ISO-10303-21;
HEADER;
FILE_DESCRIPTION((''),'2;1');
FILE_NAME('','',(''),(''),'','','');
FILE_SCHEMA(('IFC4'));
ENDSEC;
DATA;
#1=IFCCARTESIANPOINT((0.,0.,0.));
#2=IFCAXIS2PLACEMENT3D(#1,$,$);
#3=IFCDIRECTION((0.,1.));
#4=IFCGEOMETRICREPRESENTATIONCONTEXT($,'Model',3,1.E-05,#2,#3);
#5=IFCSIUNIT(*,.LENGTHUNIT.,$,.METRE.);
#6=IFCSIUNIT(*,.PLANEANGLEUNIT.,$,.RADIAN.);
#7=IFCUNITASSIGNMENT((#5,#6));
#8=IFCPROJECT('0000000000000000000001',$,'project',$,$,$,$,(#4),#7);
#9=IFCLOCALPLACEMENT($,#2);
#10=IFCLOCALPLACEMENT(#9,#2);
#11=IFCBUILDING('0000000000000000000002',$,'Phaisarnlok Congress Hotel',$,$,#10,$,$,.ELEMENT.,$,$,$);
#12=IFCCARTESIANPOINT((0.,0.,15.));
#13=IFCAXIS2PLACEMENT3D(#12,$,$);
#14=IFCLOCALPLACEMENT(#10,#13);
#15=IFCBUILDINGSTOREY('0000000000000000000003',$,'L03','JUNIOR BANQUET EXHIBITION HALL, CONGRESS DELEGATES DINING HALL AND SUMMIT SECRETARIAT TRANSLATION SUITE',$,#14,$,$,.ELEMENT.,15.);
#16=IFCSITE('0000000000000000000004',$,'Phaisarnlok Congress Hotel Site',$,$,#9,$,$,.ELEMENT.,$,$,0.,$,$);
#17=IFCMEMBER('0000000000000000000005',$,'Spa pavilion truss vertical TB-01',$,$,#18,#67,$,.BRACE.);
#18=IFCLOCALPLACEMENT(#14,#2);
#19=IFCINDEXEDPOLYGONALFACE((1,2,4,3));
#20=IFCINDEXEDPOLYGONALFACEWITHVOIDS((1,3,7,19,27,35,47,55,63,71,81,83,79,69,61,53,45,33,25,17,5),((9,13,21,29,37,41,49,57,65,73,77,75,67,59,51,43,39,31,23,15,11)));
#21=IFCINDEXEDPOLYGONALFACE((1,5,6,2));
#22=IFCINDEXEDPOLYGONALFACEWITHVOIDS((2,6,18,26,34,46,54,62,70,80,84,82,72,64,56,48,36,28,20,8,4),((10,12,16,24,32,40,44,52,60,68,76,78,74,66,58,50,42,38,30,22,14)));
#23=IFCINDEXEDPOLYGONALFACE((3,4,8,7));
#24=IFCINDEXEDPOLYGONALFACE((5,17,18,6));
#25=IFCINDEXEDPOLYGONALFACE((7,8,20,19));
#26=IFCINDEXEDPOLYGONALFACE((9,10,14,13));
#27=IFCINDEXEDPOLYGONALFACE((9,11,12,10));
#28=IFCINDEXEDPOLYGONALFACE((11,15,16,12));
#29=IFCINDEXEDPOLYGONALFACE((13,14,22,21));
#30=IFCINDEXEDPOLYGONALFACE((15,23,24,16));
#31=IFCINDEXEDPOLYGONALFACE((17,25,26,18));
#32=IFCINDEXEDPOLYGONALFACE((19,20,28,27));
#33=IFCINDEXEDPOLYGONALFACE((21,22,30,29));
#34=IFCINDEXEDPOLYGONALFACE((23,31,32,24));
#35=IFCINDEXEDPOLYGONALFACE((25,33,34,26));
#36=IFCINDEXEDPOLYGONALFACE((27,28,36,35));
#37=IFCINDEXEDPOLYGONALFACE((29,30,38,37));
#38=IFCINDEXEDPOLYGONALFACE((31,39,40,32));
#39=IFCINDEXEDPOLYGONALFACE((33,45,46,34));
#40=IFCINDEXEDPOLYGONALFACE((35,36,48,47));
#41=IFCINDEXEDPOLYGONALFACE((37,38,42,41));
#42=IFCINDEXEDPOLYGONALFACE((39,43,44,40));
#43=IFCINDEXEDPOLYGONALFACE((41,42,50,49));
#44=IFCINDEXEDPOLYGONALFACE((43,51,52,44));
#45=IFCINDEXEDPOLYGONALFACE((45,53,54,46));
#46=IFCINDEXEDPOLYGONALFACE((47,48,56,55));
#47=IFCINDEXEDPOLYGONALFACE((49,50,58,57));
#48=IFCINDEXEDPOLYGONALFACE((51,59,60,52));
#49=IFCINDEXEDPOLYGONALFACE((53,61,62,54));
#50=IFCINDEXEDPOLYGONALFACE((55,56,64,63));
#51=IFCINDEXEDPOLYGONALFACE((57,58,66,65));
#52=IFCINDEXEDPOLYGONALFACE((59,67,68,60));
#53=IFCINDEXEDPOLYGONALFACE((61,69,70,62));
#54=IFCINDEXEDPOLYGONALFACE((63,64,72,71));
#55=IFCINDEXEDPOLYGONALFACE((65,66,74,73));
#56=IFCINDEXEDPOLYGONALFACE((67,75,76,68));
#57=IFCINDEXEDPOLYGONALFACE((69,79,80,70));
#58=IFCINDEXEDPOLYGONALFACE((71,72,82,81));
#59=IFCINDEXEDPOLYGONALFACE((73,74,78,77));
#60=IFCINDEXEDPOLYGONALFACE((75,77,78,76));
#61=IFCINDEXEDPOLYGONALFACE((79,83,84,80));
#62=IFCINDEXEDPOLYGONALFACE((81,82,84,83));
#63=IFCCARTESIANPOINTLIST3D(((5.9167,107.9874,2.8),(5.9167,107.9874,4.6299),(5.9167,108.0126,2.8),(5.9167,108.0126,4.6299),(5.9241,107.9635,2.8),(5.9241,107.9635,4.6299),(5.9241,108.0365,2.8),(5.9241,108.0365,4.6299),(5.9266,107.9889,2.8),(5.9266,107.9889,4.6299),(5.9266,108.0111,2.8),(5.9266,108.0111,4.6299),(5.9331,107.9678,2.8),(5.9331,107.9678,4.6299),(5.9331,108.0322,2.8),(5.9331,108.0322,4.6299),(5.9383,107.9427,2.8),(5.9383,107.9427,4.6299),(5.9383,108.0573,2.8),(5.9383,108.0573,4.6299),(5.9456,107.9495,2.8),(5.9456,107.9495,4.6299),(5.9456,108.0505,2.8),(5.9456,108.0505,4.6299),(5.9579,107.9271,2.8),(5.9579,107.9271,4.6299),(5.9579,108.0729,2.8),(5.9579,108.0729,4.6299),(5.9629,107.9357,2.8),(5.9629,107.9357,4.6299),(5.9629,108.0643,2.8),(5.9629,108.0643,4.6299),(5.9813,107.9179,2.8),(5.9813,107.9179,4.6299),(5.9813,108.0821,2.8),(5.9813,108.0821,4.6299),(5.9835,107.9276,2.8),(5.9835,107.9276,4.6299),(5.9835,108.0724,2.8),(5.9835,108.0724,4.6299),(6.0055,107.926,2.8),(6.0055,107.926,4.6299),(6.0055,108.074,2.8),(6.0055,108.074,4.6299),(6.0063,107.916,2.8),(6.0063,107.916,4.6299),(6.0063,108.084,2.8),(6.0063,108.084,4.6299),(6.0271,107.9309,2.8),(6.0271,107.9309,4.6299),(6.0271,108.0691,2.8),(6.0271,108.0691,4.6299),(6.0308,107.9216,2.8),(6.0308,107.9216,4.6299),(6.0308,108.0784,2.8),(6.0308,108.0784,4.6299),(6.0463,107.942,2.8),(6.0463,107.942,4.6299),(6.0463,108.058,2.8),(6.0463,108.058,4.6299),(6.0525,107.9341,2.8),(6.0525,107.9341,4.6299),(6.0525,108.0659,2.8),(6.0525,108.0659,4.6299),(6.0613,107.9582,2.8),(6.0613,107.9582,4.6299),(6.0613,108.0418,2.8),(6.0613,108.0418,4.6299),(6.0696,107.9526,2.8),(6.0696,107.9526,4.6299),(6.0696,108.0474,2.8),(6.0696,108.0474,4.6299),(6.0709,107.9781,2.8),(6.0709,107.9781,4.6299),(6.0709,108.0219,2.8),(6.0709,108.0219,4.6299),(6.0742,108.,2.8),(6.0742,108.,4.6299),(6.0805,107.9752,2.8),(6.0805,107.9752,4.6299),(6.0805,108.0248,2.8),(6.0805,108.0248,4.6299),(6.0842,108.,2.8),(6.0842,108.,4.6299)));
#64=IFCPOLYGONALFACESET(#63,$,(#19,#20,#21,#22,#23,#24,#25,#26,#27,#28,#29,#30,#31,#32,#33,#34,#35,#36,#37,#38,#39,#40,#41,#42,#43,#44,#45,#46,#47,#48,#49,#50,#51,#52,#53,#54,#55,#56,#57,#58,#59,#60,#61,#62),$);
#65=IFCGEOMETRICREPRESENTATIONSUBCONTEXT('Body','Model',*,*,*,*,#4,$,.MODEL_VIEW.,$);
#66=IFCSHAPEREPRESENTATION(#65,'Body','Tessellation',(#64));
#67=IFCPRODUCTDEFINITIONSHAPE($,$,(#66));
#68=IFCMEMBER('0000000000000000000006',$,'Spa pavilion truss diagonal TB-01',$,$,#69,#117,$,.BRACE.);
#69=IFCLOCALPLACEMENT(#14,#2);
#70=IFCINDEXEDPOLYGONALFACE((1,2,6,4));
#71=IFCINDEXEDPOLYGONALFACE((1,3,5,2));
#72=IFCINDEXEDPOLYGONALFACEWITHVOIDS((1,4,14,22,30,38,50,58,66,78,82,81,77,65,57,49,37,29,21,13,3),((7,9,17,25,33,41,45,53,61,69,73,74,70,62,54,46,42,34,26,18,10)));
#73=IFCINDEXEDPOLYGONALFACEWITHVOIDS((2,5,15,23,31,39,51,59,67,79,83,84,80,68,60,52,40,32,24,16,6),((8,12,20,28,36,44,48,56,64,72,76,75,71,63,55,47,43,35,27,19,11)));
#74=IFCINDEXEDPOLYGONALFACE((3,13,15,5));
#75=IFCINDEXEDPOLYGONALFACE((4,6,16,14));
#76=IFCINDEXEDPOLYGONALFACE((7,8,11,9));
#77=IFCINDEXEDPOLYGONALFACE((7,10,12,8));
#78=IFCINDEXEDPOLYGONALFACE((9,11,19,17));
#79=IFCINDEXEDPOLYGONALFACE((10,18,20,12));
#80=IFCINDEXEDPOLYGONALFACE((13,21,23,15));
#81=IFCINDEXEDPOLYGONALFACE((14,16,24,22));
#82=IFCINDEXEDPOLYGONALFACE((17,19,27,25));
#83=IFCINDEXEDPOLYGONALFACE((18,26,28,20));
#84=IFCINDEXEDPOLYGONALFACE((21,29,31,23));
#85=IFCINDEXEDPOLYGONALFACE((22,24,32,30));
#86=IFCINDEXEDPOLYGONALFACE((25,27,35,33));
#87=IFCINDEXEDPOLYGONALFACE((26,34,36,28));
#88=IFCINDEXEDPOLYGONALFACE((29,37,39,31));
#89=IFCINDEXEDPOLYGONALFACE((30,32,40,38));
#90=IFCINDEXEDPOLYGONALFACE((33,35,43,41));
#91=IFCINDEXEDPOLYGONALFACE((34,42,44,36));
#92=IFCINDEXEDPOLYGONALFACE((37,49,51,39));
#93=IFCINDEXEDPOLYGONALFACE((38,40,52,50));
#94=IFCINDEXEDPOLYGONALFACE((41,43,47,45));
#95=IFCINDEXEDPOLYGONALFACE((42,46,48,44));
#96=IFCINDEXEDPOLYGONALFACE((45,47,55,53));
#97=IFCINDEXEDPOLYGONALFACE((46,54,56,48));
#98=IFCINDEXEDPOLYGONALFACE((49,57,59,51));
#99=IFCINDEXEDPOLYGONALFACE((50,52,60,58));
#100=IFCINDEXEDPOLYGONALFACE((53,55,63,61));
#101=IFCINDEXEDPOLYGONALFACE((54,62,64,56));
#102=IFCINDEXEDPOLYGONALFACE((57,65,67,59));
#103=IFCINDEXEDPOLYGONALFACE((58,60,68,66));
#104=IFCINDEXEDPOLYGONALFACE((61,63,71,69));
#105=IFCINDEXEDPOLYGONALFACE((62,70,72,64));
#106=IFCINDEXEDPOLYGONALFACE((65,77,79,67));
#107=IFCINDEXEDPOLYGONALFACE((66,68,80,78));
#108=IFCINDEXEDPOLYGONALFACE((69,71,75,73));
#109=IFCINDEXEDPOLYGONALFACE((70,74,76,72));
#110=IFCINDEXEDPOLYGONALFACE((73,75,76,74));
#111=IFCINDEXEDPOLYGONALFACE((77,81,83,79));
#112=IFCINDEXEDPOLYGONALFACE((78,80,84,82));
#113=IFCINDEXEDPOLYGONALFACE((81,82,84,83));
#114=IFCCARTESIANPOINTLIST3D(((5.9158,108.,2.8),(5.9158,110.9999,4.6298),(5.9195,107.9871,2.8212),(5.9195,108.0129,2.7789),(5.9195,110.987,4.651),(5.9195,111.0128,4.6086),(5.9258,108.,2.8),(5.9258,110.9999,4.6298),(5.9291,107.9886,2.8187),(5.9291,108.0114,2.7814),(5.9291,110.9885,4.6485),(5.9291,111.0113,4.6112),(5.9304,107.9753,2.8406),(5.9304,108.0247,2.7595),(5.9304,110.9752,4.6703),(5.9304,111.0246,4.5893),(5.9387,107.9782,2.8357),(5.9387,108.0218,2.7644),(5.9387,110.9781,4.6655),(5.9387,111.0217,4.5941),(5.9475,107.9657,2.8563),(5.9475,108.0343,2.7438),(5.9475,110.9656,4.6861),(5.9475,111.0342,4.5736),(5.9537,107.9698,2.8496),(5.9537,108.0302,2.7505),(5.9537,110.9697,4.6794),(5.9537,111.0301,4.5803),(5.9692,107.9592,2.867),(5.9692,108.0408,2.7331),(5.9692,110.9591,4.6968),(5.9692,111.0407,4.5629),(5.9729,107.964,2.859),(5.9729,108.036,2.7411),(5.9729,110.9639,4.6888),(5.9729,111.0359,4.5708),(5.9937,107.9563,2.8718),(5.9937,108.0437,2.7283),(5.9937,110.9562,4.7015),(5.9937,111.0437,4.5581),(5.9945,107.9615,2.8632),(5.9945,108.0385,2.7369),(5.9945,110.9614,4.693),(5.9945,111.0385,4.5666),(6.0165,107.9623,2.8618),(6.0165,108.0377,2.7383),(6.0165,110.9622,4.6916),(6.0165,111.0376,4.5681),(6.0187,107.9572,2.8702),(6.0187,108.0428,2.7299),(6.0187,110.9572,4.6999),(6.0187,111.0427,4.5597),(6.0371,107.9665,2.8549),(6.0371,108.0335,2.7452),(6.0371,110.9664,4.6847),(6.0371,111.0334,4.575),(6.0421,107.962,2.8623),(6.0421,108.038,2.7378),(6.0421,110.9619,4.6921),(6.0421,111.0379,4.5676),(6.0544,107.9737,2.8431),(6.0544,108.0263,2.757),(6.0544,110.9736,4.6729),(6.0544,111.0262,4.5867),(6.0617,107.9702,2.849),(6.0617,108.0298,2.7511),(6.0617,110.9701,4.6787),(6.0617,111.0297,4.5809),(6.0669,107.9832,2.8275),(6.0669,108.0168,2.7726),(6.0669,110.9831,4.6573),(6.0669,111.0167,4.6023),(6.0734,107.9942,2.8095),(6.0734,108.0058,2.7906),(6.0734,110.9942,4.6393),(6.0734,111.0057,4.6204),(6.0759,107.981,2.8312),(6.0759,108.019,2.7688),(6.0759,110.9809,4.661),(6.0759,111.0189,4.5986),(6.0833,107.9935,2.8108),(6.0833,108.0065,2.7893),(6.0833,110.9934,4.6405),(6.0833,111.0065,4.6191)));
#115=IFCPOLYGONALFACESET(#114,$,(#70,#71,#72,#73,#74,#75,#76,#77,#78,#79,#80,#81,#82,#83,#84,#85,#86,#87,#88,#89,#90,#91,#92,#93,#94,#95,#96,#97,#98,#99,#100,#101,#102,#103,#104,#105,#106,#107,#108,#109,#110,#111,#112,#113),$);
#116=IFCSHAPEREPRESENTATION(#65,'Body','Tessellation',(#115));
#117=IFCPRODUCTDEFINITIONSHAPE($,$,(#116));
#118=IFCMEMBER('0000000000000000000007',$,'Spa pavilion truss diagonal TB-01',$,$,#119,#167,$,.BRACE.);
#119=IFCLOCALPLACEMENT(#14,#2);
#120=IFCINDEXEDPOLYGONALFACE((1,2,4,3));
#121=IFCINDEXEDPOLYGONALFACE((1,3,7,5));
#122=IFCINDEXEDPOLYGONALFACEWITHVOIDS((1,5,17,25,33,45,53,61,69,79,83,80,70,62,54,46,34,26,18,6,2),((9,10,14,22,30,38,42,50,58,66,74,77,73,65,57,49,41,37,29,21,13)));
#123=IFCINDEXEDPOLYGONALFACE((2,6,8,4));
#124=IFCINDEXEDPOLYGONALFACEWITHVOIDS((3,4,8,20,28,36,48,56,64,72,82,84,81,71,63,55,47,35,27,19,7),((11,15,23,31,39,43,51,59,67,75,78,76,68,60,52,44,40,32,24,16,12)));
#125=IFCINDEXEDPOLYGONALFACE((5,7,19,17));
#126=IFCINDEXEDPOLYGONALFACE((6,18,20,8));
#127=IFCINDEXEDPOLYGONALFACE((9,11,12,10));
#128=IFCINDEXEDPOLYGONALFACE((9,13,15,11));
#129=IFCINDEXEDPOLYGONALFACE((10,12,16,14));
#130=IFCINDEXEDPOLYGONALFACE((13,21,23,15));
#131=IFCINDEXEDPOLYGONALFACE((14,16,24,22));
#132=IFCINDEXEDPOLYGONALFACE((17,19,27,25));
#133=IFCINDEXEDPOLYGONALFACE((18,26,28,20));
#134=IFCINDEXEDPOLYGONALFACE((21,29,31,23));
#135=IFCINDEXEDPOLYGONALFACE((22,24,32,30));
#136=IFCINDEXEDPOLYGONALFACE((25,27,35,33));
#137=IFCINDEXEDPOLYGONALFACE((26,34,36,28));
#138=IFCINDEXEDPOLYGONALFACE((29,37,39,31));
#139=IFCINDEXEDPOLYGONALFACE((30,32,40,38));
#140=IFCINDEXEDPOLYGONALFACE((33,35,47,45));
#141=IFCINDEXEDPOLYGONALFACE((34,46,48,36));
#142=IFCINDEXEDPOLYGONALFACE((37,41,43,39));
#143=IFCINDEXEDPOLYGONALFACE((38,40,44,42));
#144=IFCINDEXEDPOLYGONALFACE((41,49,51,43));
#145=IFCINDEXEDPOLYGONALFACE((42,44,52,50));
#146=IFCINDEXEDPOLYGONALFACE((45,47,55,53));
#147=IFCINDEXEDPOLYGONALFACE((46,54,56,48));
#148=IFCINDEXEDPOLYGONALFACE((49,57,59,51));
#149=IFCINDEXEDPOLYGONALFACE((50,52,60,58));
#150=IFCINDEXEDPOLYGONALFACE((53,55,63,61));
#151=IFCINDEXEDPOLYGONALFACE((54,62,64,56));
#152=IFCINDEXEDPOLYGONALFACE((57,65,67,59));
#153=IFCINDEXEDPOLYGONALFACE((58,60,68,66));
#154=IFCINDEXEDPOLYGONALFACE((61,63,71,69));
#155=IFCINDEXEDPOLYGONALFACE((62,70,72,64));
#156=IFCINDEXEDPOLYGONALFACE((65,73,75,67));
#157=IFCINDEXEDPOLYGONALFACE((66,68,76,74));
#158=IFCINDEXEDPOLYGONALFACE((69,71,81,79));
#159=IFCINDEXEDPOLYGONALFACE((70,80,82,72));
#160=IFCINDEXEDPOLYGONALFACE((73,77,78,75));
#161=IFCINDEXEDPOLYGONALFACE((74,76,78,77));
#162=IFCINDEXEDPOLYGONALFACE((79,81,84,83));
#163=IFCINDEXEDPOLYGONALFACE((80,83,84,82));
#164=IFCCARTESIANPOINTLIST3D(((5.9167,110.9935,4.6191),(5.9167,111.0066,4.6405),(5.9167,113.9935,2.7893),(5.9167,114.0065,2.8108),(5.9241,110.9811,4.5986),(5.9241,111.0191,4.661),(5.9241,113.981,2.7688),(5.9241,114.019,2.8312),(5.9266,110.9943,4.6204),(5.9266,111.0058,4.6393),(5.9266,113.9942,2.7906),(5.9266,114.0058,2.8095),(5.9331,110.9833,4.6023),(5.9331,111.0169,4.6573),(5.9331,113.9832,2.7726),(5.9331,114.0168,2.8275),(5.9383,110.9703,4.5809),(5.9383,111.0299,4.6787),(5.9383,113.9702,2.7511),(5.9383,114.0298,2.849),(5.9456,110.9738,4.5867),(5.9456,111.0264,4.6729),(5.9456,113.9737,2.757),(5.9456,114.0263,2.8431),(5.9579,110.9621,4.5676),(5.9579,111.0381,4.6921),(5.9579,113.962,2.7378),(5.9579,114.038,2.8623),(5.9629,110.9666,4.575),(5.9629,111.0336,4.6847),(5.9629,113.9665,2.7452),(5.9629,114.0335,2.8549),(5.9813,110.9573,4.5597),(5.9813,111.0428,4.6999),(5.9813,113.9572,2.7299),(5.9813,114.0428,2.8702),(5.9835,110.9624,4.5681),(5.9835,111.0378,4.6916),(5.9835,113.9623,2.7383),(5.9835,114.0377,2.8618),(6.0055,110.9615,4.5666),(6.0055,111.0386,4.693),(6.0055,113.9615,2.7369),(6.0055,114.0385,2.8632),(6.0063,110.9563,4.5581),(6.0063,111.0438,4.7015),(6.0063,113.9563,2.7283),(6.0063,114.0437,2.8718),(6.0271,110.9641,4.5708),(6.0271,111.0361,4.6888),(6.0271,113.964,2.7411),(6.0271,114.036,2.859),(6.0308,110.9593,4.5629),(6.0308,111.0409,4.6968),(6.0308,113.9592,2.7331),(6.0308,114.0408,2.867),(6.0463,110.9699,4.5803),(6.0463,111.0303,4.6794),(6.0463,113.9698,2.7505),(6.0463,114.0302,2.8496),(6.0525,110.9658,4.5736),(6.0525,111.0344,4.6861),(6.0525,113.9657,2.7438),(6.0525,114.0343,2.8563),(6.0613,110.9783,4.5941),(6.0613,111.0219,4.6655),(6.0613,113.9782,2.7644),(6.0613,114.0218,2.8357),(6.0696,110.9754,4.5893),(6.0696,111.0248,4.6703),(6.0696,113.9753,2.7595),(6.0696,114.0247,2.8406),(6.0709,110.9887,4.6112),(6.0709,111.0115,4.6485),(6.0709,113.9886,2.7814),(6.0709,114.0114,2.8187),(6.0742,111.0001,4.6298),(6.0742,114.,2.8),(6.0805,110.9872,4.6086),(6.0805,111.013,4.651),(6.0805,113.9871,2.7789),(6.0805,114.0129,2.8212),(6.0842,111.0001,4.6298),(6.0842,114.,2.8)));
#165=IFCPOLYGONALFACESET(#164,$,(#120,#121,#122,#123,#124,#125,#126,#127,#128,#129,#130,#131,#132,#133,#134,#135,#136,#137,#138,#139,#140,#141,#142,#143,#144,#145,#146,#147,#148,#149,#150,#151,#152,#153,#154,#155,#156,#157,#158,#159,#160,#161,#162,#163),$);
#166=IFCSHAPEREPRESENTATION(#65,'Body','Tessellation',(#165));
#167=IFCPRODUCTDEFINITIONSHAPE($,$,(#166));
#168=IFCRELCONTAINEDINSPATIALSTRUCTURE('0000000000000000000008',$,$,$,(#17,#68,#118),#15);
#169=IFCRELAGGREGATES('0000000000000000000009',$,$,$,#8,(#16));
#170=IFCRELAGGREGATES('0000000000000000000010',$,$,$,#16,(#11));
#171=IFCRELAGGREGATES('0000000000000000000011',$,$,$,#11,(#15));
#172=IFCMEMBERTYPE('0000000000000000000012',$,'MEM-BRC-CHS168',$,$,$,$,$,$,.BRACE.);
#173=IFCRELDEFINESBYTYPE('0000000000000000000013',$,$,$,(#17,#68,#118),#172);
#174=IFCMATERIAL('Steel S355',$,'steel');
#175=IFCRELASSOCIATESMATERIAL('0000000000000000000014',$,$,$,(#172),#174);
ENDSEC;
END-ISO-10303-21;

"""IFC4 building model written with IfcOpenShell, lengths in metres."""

from ifc_helpers import new_model, si_unit, direction, frame, origin, origin_2d, place, context, subcontext, project, spatial, hollow_circle, extrude, material, material_profile, profile_set, type_object, element, save


model = new_model("IFC4")

# Units and contexts
model_context = context("Model", 3, precision=1e-05, world=origin(), true_north=direction((0.0, 1.0)))
body_context = subcontext(model_context, "Body", "Model", "MODEL_VIEW")
ifc_project = project(units=[si_unit("LENGTHUNIT", "METRE"), si_unit("PLANEANGLEUNIT", "RADIAN")], contexts=[model_context])

# Site, building, storey
site_placement = place(None, origin())
site = spatial("IfcSite", under=ifc_project, at=site_placement, Name="Phaisarnlok Congress Hotel Site", CompositionType="ELEMENT", RefElevation=0.0)
building_placement = place(site_placement, origin())
building = spatial("IfcBuilding", under=site, at=building_placement, Name="Phaisarnlok Congress Hotel", CompositionType="ELEMENT")
storey_placement = place(building_placement, frame((0.0, 0.0, 15.0)))
storey = spatial("IfcBuildingStorey", under=building, at=storey_placement, Name="L03", Description="JUNIOR BANQUET EXHIBITION HALL, CONGRESS DELEGATES DINING HALL AND SUMMIT SECRETARIAT TRANSLATION SUITE", CompositionType="ELEMENT", Elevation=15.0)

# Shared definitions
ifc_material_1 = material(Name="Steel S355", Category="steel")

# Members
ifc_material_profile_1 = material_profile(ifc_material_1, hollow_circle(Radius=0.0842, WallThickness=0.01, at=origin_2d()), Name="CHS 168.3x10")
ifc_profile_set_1 = profile_set([ifc_material_profile_1], Name="Steel S355")
member_type_1 = type_object("IfcMemberType", Name="MEM-BRC-CHS168", PredefinedType="BRACE", material=ifc_profile_set_1)
member_1_placement = place(storey_placement, frame((6.0, 108.0, 2.8), z_axis=(0.0, 0.0, 1.0), x_axis=(1.0, 0.0, 0.0)))
element("IfcMember", 1, at=member_1_placement, inside=storey, type_object=member_type_1, Name="Spa pavilion truss vertical TB-01", PredefinedType="BRACE", context=body_context, shape_type="SweptSolid", body=[
    extrude(hollow_circle(Radius=0.0842, WallThickness=0.01, at=origin_2d()), origin(), (0.0, 0.0, 1.0), 1.8298),
])
for number, where, z_axis, x_axis, name in (
    (2, (6.0, 108.0, 2.8), (0.0, 0.853725, 0.520725), (-1.0, 0.0, 0.0), "Spa pavilion truss diagonal TB-01"),
    (3, (6.0, 114.0, 2.8), (0.0, -0.853725, 0.520725), (1.0, 0.0, 0.0), "Spa pavilion truss diagonal TB-01"),
):
    element("IfcMember", number, at=place(storey_placement, frame(where, z_axis=z_axis, x_axis=x_axis)), inside=storey, type_object=member_type_1, Name=name, PredefinedType="BRACE", context=body_context, shape_type="SweptSolid", body=[
        extrude(hollow_circle(Radius=0.0842, WallThickness=0.01, at=origin_2d()), origin(), (0.0, 0.0, 1.0), 3.5139),
    ])

save(model, "model.ifc")
